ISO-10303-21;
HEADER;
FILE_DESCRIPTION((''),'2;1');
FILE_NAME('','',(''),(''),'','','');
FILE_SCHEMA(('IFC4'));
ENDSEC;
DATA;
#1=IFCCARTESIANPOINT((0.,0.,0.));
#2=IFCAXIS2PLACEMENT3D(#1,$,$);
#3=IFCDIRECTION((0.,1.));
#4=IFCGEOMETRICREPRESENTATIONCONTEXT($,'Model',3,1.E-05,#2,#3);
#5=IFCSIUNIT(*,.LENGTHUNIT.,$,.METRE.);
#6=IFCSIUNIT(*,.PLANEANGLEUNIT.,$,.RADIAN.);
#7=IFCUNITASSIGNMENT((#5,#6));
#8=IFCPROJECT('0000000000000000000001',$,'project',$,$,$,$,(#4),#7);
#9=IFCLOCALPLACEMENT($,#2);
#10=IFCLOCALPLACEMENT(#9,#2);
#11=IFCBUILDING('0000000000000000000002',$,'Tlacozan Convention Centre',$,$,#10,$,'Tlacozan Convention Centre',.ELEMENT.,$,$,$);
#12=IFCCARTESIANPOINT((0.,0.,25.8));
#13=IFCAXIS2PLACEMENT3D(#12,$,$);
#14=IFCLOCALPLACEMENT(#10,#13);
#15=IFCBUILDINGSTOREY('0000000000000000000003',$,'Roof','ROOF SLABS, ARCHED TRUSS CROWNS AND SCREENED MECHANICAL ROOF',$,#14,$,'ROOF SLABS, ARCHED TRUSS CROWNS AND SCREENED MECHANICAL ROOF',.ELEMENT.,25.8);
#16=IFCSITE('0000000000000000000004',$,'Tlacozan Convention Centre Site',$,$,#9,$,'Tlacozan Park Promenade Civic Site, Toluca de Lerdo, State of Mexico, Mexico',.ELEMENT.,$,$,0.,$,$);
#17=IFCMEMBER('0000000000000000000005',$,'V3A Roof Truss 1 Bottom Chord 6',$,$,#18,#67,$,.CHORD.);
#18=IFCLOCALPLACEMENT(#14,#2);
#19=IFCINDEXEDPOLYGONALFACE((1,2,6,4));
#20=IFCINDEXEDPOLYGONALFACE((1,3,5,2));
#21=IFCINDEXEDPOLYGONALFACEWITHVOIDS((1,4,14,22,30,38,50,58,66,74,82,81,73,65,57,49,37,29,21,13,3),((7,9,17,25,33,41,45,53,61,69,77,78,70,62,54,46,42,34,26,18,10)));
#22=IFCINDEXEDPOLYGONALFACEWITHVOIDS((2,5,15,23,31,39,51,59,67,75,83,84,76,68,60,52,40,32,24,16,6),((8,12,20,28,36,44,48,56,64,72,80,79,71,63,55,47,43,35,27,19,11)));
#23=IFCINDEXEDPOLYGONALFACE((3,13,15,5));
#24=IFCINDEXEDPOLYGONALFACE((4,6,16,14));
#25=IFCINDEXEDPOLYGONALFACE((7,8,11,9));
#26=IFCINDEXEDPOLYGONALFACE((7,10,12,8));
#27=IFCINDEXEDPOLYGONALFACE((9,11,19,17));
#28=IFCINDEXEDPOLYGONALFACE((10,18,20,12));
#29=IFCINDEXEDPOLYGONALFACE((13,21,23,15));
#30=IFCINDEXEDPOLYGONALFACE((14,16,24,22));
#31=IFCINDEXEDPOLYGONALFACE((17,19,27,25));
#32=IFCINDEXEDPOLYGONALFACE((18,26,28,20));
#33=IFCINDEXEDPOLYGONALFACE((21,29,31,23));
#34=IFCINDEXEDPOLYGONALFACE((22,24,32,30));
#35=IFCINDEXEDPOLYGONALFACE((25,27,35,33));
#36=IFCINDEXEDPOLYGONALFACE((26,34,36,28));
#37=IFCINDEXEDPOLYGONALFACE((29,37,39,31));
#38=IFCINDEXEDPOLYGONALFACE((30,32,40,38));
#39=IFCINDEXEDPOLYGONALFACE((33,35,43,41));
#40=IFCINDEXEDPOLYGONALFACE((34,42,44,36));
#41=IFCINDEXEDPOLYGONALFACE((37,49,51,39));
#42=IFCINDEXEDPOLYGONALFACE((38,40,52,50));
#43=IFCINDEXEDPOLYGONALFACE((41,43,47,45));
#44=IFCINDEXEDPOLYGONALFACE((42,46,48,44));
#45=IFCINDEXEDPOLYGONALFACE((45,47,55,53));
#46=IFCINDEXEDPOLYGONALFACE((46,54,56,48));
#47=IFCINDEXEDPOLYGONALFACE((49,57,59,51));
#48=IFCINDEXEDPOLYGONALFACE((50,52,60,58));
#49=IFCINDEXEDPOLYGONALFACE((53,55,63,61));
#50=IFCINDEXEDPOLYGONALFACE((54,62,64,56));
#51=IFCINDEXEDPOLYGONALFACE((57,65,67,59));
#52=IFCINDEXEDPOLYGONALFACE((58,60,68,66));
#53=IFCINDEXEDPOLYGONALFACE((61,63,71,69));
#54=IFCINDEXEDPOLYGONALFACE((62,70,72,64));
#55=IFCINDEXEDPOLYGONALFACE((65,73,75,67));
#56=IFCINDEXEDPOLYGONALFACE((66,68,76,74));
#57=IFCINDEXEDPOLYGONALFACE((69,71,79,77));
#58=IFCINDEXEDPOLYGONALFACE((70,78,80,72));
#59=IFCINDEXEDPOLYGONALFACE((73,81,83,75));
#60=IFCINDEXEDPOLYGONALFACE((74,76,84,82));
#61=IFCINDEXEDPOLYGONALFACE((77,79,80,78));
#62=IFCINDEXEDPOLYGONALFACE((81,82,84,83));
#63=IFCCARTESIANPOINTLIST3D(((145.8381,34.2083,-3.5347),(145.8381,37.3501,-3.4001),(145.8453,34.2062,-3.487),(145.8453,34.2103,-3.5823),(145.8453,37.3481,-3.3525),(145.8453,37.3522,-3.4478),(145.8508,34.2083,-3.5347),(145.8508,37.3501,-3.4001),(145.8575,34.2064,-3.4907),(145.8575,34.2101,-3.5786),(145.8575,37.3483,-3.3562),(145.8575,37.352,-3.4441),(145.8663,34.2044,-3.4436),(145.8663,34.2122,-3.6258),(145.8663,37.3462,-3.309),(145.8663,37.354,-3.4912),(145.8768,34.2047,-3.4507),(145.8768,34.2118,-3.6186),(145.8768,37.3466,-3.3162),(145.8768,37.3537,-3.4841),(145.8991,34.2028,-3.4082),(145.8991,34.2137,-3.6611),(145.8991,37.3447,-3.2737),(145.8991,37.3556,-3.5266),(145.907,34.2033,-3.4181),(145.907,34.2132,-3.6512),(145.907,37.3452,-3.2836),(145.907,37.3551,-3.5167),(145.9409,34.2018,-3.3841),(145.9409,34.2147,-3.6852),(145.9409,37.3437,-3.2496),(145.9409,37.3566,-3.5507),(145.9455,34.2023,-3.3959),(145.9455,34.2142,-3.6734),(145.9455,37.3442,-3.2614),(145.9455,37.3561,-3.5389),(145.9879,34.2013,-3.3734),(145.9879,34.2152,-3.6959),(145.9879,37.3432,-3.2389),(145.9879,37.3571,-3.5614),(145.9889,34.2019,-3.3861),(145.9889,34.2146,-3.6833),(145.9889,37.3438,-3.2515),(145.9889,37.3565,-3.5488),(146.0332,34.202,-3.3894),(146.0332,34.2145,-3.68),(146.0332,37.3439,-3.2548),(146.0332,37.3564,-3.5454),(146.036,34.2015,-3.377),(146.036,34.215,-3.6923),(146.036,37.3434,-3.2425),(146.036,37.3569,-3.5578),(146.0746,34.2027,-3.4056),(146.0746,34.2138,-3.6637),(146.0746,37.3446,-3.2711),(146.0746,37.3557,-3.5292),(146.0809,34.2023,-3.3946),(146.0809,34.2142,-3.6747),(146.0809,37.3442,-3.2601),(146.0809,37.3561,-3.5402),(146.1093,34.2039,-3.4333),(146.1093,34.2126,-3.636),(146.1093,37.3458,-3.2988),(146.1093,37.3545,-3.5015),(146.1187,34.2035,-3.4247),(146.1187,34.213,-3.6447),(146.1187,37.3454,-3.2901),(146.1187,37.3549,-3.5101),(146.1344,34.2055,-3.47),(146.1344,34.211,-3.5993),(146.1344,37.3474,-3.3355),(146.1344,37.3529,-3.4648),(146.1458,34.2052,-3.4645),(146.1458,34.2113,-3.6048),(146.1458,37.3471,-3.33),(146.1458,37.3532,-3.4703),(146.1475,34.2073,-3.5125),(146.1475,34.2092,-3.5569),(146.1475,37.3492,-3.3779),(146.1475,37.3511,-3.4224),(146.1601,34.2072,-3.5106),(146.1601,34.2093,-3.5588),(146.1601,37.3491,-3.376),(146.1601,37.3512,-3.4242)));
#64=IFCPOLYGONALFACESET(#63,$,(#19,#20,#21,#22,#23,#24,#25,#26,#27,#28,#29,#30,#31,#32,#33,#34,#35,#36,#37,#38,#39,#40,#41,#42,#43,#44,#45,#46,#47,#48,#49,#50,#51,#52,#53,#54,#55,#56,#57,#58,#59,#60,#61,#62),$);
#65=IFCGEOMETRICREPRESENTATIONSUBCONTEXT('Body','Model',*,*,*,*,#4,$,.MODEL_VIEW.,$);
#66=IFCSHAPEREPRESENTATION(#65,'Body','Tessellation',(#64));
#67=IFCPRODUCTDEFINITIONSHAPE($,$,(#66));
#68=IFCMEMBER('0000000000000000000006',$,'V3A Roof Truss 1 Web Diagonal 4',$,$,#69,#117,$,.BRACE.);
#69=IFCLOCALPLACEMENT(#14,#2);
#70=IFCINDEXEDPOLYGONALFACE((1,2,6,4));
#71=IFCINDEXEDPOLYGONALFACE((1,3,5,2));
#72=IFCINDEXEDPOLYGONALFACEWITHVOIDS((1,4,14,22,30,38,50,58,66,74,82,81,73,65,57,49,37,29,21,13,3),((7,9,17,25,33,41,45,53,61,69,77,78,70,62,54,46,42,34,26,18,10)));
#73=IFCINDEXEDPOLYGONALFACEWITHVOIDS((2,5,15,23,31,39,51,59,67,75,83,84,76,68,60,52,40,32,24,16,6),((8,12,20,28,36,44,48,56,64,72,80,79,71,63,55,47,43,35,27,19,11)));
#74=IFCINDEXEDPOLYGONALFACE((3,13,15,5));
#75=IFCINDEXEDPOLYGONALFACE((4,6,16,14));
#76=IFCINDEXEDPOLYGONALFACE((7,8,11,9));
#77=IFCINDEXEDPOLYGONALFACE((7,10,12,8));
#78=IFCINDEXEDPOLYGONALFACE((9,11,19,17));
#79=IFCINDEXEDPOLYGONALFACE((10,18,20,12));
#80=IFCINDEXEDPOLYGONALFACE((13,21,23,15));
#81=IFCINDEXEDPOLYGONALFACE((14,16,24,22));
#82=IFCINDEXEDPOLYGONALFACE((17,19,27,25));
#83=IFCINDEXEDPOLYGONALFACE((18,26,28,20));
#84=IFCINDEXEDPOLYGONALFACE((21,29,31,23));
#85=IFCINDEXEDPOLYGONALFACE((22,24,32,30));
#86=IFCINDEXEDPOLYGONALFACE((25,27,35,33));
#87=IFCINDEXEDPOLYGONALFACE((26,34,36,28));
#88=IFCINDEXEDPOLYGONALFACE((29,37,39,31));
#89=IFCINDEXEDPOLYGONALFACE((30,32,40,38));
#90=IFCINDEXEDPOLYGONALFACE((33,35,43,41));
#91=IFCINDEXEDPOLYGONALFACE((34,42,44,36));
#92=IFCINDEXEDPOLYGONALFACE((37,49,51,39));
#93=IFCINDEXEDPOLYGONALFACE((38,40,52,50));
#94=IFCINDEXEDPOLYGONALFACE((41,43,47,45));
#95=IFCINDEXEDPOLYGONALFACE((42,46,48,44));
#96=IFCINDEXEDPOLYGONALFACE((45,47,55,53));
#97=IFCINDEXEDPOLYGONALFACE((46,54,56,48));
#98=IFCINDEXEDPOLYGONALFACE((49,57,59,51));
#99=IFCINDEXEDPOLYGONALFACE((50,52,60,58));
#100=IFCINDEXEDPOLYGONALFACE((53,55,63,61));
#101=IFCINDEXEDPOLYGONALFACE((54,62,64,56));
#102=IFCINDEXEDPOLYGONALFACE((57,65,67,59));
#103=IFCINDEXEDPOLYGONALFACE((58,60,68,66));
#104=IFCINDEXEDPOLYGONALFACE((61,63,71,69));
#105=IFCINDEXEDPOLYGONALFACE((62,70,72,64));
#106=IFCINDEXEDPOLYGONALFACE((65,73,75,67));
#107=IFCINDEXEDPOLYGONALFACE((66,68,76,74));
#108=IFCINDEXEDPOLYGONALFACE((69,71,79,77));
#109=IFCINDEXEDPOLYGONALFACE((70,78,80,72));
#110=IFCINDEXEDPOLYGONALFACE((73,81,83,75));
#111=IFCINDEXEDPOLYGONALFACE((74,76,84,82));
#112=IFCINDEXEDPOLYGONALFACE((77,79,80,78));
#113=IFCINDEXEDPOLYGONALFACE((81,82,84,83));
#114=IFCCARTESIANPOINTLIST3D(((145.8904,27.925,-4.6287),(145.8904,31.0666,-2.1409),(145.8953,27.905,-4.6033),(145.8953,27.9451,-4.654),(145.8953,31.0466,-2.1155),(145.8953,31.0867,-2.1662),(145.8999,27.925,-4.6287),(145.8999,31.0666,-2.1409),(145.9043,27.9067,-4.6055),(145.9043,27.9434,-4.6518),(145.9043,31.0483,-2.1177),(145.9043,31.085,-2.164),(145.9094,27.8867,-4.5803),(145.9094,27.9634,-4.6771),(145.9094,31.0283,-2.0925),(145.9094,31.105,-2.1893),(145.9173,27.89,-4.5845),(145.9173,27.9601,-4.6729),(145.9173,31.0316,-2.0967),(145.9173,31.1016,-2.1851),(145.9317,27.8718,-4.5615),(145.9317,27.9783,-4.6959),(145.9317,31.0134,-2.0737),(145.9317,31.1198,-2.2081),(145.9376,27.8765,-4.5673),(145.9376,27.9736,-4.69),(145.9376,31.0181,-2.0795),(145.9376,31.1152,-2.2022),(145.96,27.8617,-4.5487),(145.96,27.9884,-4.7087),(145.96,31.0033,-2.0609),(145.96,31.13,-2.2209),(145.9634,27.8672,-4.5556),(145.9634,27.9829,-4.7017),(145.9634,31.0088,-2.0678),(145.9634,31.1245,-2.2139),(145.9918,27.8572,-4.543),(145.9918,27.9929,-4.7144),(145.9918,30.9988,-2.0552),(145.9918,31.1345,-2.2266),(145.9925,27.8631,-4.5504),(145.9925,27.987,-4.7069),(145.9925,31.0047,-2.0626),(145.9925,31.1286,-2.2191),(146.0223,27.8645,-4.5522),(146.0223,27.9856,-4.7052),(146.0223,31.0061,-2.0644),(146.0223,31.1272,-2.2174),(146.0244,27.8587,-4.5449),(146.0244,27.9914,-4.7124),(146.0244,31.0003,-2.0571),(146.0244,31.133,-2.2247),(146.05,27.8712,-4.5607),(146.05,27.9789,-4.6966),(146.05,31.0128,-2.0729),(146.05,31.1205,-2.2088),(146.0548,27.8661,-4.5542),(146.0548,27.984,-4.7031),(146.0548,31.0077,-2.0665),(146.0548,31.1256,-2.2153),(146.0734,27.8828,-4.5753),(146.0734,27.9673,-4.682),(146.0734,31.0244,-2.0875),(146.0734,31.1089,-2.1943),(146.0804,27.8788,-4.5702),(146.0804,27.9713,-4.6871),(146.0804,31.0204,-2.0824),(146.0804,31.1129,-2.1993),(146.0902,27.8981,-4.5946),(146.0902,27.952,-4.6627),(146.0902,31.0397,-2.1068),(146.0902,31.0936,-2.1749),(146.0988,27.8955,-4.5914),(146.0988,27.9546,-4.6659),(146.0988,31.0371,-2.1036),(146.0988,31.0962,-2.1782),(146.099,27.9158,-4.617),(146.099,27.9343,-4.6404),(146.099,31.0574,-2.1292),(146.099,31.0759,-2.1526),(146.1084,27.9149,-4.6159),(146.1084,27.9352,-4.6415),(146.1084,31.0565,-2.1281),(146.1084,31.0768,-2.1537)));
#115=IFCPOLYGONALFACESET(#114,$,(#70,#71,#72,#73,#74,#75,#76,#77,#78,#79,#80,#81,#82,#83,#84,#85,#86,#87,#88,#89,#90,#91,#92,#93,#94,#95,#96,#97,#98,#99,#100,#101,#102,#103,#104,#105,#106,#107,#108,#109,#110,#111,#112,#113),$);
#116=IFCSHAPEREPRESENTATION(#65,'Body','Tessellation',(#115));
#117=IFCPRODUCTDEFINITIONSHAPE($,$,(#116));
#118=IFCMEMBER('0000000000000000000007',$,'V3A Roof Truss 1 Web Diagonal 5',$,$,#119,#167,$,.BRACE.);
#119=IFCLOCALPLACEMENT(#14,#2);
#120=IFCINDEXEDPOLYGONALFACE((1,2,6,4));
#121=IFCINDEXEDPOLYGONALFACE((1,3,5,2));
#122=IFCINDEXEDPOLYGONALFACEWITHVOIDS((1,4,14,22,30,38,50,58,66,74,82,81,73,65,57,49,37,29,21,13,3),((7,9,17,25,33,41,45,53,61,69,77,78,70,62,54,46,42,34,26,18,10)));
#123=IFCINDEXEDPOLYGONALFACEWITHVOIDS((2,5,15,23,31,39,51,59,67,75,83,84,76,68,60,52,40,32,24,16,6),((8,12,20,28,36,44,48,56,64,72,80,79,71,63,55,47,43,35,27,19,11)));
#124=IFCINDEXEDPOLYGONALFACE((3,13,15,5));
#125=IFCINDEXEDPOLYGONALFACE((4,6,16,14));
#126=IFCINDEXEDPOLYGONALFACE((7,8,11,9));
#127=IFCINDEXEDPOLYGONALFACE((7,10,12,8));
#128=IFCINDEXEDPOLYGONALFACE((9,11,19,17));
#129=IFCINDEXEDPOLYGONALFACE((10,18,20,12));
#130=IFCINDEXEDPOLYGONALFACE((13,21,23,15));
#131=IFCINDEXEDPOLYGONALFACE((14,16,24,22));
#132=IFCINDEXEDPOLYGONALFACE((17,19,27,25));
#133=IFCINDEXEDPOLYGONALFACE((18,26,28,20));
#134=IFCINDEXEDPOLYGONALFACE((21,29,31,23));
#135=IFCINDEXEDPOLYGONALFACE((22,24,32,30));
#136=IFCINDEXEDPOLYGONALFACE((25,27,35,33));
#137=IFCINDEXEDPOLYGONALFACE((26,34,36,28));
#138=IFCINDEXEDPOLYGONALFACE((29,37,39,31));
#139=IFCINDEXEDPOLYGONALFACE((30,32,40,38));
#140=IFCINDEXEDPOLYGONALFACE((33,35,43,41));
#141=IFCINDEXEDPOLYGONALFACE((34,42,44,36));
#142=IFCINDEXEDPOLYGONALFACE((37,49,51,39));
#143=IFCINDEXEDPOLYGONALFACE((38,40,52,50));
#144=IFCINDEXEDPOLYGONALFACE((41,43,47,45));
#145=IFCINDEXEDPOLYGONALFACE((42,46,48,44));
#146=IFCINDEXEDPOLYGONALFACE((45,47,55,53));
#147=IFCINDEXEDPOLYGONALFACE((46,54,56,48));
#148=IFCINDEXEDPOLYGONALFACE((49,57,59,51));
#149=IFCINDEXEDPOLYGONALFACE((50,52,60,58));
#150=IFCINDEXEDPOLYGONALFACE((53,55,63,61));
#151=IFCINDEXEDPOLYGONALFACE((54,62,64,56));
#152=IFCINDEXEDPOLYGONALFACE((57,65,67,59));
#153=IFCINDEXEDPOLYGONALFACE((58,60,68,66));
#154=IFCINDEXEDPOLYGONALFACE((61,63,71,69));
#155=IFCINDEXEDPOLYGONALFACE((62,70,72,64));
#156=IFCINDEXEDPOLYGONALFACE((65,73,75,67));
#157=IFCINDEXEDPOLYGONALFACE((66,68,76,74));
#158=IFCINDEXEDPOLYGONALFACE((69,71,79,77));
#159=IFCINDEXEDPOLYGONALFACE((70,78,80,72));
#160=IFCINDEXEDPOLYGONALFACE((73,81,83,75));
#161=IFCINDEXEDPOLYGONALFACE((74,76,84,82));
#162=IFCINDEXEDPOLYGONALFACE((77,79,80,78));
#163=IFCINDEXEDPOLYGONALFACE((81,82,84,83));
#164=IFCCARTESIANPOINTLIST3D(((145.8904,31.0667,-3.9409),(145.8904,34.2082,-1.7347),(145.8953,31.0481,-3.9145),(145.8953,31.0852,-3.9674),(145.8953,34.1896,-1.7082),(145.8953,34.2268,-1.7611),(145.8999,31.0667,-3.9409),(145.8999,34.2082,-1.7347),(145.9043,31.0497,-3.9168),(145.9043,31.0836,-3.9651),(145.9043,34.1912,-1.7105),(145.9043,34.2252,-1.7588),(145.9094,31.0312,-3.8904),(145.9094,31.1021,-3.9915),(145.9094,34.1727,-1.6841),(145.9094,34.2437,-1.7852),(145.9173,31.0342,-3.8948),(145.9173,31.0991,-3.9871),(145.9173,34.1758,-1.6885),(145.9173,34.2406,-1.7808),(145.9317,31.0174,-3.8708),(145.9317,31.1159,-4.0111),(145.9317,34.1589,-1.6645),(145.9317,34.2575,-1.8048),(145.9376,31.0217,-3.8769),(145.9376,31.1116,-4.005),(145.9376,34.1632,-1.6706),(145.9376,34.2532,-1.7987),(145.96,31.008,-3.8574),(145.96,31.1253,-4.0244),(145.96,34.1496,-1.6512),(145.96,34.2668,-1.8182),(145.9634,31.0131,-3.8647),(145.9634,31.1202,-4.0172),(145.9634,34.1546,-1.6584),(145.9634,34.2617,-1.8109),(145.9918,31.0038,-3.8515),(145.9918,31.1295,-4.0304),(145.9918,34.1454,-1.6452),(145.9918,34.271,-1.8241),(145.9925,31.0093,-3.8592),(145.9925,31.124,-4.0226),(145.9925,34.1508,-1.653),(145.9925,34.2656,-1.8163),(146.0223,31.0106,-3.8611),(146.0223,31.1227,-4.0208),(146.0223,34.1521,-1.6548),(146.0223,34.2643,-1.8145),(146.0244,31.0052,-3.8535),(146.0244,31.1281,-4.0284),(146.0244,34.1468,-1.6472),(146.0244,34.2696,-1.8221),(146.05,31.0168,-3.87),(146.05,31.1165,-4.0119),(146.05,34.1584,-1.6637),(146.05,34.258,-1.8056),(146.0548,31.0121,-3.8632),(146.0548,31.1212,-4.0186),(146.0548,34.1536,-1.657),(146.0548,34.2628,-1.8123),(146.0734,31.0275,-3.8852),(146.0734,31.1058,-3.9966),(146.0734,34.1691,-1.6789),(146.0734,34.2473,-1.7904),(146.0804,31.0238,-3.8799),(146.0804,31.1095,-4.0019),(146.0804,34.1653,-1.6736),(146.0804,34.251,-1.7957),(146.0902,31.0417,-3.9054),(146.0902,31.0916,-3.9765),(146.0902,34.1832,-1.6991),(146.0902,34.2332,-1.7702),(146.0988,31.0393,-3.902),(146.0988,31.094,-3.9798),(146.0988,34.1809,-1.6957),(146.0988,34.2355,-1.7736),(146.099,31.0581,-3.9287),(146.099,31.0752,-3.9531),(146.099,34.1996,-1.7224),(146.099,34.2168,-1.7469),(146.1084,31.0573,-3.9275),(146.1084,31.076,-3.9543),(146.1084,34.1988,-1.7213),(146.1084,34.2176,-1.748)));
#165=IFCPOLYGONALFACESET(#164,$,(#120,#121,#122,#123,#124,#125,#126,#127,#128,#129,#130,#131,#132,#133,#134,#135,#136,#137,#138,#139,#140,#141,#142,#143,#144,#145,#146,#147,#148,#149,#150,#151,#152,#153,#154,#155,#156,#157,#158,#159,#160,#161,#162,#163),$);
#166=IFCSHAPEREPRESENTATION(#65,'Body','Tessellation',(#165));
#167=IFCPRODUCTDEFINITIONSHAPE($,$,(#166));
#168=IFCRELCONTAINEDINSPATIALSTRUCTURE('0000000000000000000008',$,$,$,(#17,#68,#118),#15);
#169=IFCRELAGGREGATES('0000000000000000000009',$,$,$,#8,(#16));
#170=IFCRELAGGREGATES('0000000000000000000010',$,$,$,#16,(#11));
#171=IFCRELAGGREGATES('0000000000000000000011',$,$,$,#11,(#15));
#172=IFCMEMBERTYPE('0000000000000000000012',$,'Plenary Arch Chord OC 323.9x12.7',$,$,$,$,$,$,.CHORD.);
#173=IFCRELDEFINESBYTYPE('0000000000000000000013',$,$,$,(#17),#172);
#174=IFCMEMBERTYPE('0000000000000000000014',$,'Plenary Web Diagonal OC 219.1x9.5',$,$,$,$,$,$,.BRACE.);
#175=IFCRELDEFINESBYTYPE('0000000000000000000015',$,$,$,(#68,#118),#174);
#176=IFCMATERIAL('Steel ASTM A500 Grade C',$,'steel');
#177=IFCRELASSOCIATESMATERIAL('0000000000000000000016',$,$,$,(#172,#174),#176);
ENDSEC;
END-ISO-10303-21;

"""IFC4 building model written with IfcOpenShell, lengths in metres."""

from ifc_helpers import new_model, si_unit, direction, frame, origin, origin_2d, place, context, subcontext, project, spatial, hollow_circle, extrude, material, material_profile, profile_set, type_object, element, save


model = new_model("IFC4")

# Units and contexts
model_context = context("Model", 3, precision=1e-05, world=origin(), true_north=direction((0.0, 1.0)))
body_context = subcontext(model_context, "Body", "Model", "MODEL_VIEW")
ifc_project = project(units=[si_unit("LENGTHUNIT", "METRE"), si_unit("PLANEANGLEUNIT", "RADIAN")], contexts=[model_context])

# Site, building, storey
site_placement = place(None, origin())
site = spatial("IfcSite", under=ifc_project, at=site_placement, Name="Tlacozan Convention Centre Site", LongName="Tlacozan Park Promenade Civic Site, Toluca de Lerdo, State of Mexico, Mexico", CompositionType="ELEMENT", RefElevation=0.0)
building_placement = place(site_placement, origin())
building = spatial("IfcBuilding", under=site, at=building_placement, Name="Tlacozan Convention Centre", LongName="Tlacozan Convention Centre", CompositionType="ELEMENT")
storey_placement = place(building_placement, frame((0.0, 0.0, 25.8)))
storey = spatial("IfcBuildingStorey", under=building, at=storey_placement, Name="Roof", Description="ROOF SLABS, ARCHED TRUSS CROWNS AND SCREENED MECHANICAL ROOF", LongName="ROOF SLABS, ARCHED TRUSS CROWNS AND SCREENED MECHANICAL ROOF", CompositionType="ELEMENT", Elevation=25.8)

# Members
ifc_material_1 = material(Name="Steel ASTM A500 Grade C", Category="steel")
ifc_material_profile_1 = material_profile(ifc_material_1, hollow_circle(Radius=0.1619, WallThickness=0.0127, at=origin_2d()), Name="OC 323.9x12.7")
ifc_profile_set_1 = profile_set([ifc_material_profile_1], Name="Steel ASTM A500 Grade C")
member_type_1 = type_object("IfcMemberType", Name="Plenary Arch Chord OC 323.9x12.7", PredefinedType="CHORD", material=ifc_profile_set_1)
for number, where, z_axis, x_axis, name in (
    (1, (146.0, 34.2083, -3.5347), (0.0, 0.999085, 0.042777), (-1.0, 0.0, 0.0), "V3A Roof Truss 1 Bottom Chord 6"),
):
    element("IfcMember", number, at=place(storey_placement, frame(where, z_axis=z_axis, x_axis=x_axis)), inside=storey, type_object=member_type_1, Name=name, PredefinedType="CHORD", context=body_context, shape_type="SweptSolid", body=[
        extrude(hollow_circle(Radius=0.1619, WallThickness=0.0127, at=origin_2d()), origin(), (0.0, 0.0, 1.0), 3.1448),
    ])
ifc_material_profile_2 = material_profile(ifc_material_1, hollow_circle(Radius=0.1096, WallThickness=0.0095, at=origin_2d()), Name="OC 219.1x9.5")
ifc_profile_set_2 = profile_set([ifc_material_profile_2], Name="Steel ASTM A500 Grade C")
member_type_2 = type_object("IfcMemberType", Name="Plenary Web Diagonal OC 219.1x9.5", PredefinedType="BRACE", material=ifc_profile_set_2)
member_1_placement = place(storey_placement, frame((146.0, 27.925, -4.6287), z_axis=(0.0, 0.783962, 0.620809), x_axis=(-1.0, 0.0, 0.0)))
element("IfcMember", 2, at=member_1_placement, inside=storey, type_object=member_type_2, Name="V3A Roof Truss 1 Web Diagonal 4", PredefinedType="BRACE", context=body_context, shape_type="SweptSolid", body=[
    extrude(hollow_circle(Radius=0.1096, WallThickness=0.0095, at=origin_2d()), origin(), (0.0, 0.0, 1.0), 4.0073),
])
member_2_placement = place(storey_placement, frame((146.0, 31.0667, -3.9409), z_axis=(0.0, 0.818353, 0.574717), x_axis=(-1.0, 0.0, 0.0)))
element("IfcMember", 3, at=member_2_placement, inside=storey, type_object=member_type_2, Name="V3A Roof Truss 1 Web Diagonal 5", PredefinedType="BRACE", context=body_context, shape_type="SweptSolid", body=[
    extrude(hollow_circle(Radius=0.1096, WallThickness=0.0095, at=origin_2d()), origin(), (0.0, 0.0, 1.0), 3.8389),
])

save(model, "model.ifc")
